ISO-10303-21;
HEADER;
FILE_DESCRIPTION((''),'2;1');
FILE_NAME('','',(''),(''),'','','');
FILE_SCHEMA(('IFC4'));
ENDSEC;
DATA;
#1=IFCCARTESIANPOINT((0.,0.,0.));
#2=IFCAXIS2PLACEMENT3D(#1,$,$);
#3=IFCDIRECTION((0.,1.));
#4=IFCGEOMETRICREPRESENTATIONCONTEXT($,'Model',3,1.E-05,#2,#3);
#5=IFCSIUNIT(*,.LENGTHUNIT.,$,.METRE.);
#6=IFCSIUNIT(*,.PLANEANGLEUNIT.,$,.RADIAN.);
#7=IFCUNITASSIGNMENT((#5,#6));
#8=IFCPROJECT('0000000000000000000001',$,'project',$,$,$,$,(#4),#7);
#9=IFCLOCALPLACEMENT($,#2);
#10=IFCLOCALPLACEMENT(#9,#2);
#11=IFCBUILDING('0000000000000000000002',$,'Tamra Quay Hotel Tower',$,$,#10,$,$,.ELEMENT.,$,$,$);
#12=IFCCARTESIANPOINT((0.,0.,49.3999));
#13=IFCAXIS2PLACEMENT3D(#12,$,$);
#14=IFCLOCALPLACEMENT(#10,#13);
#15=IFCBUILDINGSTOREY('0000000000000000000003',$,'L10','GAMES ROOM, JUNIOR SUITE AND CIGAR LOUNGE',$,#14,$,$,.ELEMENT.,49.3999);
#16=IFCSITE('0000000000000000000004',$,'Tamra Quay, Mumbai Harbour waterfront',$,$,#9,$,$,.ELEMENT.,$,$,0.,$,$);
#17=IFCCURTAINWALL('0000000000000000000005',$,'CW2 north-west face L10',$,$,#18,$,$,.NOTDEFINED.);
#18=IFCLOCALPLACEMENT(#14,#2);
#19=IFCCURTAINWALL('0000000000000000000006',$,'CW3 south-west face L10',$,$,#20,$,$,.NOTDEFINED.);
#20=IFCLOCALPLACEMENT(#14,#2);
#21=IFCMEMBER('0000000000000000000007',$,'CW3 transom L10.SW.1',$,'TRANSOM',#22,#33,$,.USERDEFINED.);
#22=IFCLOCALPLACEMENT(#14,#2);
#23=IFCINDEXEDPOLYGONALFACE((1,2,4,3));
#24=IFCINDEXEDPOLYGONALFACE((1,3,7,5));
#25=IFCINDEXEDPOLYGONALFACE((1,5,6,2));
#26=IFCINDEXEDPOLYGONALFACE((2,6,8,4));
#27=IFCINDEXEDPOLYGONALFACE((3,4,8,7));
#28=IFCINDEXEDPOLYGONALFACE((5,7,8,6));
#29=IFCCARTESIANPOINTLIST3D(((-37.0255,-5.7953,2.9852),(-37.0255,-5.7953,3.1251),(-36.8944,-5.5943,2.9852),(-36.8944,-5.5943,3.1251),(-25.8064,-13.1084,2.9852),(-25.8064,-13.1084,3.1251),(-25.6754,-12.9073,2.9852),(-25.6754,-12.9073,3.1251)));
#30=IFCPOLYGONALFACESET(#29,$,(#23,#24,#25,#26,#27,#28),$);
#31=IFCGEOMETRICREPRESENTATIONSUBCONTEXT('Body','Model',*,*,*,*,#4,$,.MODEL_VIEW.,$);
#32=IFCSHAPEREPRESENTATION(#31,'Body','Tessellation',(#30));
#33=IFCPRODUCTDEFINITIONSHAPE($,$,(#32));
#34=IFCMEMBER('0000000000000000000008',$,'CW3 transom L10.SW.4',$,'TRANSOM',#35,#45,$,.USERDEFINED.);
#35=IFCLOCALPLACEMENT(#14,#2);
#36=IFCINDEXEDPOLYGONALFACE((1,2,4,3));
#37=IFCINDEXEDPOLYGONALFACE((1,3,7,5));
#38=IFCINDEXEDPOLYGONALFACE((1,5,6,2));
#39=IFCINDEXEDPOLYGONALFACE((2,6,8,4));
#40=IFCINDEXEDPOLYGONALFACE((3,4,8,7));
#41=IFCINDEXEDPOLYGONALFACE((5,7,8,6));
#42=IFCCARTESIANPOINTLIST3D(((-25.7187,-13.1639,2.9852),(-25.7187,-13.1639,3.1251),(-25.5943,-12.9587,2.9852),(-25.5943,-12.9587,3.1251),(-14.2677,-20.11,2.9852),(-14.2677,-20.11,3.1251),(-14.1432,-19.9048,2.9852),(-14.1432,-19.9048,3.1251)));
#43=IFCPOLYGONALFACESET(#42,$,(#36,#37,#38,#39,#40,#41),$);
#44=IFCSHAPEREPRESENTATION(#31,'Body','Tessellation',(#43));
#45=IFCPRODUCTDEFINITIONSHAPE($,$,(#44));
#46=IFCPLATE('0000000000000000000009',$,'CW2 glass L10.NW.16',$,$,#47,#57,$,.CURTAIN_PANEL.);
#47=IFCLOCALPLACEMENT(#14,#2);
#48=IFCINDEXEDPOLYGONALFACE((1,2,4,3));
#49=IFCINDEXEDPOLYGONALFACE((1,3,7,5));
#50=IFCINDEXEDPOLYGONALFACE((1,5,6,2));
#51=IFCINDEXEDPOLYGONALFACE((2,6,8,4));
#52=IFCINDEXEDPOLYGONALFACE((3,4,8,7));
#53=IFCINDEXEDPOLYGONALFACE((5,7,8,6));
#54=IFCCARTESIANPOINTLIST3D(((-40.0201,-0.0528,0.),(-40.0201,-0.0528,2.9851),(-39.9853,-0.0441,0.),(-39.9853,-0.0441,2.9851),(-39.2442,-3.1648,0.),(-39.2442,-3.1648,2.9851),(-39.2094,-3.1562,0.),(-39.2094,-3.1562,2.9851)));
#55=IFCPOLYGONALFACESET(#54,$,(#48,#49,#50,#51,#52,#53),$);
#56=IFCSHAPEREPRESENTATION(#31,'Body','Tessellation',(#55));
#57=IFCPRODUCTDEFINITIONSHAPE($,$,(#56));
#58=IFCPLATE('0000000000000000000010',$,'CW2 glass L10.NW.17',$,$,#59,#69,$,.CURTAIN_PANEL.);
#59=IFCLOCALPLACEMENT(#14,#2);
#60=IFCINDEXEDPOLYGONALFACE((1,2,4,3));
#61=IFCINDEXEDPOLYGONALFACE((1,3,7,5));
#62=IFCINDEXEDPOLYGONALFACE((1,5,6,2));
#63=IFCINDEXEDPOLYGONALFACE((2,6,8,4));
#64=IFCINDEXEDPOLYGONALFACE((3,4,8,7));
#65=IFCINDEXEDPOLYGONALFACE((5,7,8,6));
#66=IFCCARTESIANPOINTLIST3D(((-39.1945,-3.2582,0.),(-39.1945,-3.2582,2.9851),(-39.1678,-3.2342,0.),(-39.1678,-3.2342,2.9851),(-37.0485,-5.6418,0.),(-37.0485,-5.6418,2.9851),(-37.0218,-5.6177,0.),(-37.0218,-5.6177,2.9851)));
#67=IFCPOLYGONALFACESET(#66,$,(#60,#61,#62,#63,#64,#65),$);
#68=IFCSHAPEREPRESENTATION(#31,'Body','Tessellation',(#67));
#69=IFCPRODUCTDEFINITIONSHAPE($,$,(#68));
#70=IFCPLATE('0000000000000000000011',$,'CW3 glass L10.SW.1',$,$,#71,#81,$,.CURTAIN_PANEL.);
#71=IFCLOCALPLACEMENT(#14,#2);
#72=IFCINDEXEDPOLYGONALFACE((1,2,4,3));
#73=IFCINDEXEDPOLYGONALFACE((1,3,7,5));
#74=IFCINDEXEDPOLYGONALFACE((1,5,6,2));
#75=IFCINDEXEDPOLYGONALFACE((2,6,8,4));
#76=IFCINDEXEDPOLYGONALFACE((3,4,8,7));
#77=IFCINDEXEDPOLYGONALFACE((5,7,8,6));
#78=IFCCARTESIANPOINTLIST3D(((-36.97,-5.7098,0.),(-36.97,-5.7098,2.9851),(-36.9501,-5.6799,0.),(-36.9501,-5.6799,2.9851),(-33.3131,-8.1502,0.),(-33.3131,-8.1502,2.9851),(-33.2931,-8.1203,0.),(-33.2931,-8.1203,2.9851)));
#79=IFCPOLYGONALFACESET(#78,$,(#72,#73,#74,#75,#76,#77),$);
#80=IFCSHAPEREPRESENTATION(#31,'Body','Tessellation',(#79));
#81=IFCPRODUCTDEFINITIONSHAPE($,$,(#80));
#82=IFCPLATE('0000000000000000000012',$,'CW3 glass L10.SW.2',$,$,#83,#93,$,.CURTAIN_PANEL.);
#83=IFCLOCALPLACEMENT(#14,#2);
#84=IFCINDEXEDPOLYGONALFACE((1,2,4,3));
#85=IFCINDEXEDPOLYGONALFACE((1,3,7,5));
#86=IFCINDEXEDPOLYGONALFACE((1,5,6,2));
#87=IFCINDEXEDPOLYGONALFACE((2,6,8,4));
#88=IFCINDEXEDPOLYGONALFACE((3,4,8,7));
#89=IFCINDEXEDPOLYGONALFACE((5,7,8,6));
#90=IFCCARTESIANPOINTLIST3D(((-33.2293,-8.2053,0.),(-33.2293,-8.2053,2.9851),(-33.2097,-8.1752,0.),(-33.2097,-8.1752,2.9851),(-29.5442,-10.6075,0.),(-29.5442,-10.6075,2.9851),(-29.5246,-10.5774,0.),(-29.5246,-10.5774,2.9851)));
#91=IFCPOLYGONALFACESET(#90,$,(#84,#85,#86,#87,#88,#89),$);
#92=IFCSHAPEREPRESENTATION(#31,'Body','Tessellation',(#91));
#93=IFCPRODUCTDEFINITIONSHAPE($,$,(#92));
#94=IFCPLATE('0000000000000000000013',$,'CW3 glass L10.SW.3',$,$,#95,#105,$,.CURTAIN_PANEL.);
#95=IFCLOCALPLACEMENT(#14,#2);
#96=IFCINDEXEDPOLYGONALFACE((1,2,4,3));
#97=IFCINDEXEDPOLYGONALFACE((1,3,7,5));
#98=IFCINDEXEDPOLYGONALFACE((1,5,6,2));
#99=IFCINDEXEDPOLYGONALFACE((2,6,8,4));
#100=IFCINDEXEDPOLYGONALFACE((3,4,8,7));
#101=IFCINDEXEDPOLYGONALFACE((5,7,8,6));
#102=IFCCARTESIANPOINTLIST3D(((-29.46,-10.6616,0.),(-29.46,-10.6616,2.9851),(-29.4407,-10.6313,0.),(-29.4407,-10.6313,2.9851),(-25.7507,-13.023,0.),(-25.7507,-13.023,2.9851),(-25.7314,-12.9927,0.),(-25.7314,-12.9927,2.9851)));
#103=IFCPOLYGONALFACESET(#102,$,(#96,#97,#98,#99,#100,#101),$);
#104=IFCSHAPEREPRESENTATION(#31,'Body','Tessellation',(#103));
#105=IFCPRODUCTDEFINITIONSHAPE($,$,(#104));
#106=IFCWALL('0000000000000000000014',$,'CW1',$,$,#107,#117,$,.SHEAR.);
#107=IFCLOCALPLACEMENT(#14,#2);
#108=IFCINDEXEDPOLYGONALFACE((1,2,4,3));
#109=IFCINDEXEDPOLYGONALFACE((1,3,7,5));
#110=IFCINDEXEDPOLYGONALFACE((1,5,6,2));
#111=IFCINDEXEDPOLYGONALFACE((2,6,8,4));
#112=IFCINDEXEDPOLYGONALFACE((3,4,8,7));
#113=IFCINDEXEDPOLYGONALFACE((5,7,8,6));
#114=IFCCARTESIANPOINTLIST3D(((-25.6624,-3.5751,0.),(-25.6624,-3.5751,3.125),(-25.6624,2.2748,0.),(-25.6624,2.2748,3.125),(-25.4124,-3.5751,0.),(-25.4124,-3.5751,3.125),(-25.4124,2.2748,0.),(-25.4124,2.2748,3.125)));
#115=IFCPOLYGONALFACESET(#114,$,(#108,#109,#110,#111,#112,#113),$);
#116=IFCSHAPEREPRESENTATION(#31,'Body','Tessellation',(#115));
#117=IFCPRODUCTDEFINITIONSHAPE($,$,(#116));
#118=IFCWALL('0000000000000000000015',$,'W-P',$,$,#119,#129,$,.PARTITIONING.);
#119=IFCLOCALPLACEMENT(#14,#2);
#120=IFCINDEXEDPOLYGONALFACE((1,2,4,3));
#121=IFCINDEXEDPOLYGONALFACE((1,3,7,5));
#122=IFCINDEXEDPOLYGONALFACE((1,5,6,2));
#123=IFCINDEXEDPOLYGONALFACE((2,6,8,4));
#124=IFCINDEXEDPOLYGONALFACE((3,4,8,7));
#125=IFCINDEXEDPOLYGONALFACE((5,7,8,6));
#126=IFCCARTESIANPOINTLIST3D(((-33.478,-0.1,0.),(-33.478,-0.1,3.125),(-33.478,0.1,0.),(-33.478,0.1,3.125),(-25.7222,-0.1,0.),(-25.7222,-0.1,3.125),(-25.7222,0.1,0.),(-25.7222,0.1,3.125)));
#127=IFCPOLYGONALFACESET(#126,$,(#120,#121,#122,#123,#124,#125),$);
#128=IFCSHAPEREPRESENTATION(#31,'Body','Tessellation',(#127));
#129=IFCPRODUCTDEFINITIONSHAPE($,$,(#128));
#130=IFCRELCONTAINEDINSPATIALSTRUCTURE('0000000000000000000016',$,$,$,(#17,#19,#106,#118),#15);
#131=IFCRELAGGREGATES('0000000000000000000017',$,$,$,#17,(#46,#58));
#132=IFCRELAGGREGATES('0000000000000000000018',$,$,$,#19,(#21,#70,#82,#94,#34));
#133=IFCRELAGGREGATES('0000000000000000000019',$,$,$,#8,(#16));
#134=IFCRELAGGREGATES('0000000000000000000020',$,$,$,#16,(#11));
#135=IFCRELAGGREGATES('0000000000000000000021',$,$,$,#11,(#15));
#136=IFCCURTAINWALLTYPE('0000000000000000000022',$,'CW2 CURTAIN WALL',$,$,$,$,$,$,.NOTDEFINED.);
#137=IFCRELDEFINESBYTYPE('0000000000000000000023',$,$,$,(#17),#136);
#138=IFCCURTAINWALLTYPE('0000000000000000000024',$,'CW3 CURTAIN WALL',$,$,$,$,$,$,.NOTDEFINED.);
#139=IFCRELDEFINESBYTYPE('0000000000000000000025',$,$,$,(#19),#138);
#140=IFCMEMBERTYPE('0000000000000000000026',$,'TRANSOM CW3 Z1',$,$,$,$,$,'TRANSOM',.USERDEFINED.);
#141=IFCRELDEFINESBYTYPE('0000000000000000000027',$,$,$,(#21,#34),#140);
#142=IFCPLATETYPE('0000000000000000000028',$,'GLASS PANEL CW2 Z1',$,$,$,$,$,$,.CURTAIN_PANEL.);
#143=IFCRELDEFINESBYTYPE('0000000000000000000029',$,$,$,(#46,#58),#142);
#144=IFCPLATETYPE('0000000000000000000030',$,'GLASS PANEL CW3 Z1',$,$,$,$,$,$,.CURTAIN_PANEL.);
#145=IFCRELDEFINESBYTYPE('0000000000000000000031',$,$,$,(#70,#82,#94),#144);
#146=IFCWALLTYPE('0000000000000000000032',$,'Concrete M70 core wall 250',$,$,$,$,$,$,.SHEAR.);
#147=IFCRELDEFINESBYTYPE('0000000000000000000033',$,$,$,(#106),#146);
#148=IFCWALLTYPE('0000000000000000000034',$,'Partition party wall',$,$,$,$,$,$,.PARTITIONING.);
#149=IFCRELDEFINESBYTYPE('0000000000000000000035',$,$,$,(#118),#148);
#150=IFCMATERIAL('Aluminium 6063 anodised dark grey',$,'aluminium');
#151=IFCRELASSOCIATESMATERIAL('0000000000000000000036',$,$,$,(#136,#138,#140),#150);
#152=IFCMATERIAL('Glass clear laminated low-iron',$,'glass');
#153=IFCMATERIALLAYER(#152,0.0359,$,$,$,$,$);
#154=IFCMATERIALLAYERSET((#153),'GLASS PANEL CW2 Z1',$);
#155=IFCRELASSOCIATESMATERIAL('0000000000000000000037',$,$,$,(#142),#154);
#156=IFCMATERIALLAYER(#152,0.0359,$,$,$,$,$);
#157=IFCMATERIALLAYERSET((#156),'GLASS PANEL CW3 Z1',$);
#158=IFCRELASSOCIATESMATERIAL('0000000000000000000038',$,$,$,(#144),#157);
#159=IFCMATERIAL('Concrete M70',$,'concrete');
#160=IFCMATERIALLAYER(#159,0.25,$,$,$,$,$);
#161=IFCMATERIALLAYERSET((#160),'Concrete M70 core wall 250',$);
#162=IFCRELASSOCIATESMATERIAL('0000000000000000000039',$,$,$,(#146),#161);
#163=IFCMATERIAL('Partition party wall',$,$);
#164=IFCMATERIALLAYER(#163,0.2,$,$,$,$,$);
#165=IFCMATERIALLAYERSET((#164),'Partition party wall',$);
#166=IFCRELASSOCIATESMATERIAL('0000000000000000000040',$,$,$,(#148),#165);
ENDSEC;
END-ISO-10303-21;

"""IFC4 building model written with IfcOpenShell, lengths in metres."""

from ifc_helpers import new_model, si_unit, direction, frame, frame_2d, origin, origin_2d, place, context, subcontext, project, spatial, rectangle, extrude, material, layer, layer_set, material_profile, profile_set, type_object, element, aggregate, save


model = new_model("IFC4")

# Units and contexts
model_context = context("Model", 3, precision=1e-05, world=origin(), true_north=direction((0.0, 1.0)))
body_context = subcontext(model_context, "Body", "Model", "MODEL_VIEW")
ifc_project = project(units=[si_unit("LENGTHUNIT", "METRE"), si_unit("PLANEANGLEUNIT", "RADIAN")], contexts=[model_context])

# Site, building, storey
site_placement = place(None, origin())
site = spatial("IfcSite", under=ifc_project, at=site_placement, Name="Tamra Quay, Mumbai Harbour waterfront", CompositionType="ELEMENT", RefElevation=0.0)
building_placement = place(site_placement, origin())
building = spatial("IfcBuilding", under=site, at=building_placement, Name="Tamra Quay Hotel Tower", CompositionType="ELEMENT")
storey_placement = place(building_placement, frame((0.0, 0.0, 49.3999)))
storey = spatial("IfcBuildingStorey", under=building, at=storey_placement, Name="L10", Description="GAMES ROOM, JUNIOR SUITE AND CIGAR LOUNGE", CompositionType="ELEMENT", Elevation=49.3999)

# Shared definitions
ifc_material_1 = material(Name="Concrete M70", Category="concrete")

# Curtain wall
ifc_material_2 = material(Name="Aluminium 6063 anodised dark grey", Category="aluminium")
curtain_wall_type_1 = type_object("IfcCurtainWallType", Name="CW2 CURTAIN WALL", PredefinedType="NOTDEFINED", material=ifc_material_2)
curtain_wall_1_placement = place(storey_placement, origin())
curtain_wall_1 = element("IfcCurtainWall", 1, at=curtain_wall_1_placement, inside=storey, type_object=curtain_wall_type_1, Name="CW2 north-west face L10", PredefinedType="NOTDEFINED")

# Curtain wall
curtain_wall_type_2 = type_object("IfcCurtainWallType", Name="CW3 CURTAIN WALL", PredefinedType="NOTDEFINED", material=ifc_material_2)
curtain_wall_2_placement = place(storey_placement, origin())
curtain_wall_2 = element("IfcCurtainWall", 2, at=curtain_wall_2_placement, inside=storey, type_object=curtain_wall_type_2, Name="CW3 south-west face L10", PredefinedType="NOTDEFINED")

# Members
ifc_material_profile_1 = material_profile(ifc_material_2, rectangle(XDim=0.24, YDim=0.1399, at=origin_2d()), Name="TRANSOM 240X140")
ifc_profile_set_1 = profile_set([ifc_material_profile_1], Name="Aluminium 6063 anodised dark grey")
member_type_1 = type_object("IfcMemberType", Name="TRANSOM CW3 Z1", ElementType="TRANSOM", PredefinedType="USERDEFINED", material=ifc_profile_set_1)
member_1_placement = place(storey_placement, frame((-36.96, -5.6948, 3.0552), z_axis=(0.837739, -0.546071, 0.0), x_axis=(0.546071, 0.837739, 0.0)))
member_1 = element("IfcMember", 3, at=member_1_placement, type_object=member_type_1, Name="CW3 transom L10.SW.1", ObjectType="TRANSOM", PredefinedType="USERDEFINED", context=body_context, shape_type="SweptSolid", body=[
    extrude(rectangle(XDim=0.24, YDim=0.1399, at=origin_2d()), origin(), (0.0, 0.0, 1.0), 13.3921),
])
member_2_placement = place(storey_placement, frame((-25.6565, -13.0613, 3.0552), z_axis=(0.854996, -0.518634, 0.0), x_axis=(0.518634, 0.854996, 0.0)))
member_2 = element("IfcMember", 4, at=member_2_placement, type_object=member_type_1, Name="CW3 transom L10.SW.4", ObjectType="TRANSOM", PredefinedType="USERDEFINED", context=body_context, shape_type="SweptSolid", body=[
    extrude(rectangle(XDim=0.24, YDim=0.1399, at=origin_2d()), origin(), (0.0, 0.0, 1.0), 13.3931),
])

# Plates
ifc_material_3 = material(Name="Glass clear laminated low-iron", Category="glass")
ifc_layer_1 = layer(ifc_material_3, 0.0359)
ifc_layer_set_1 = layer_set([ifc_layer_1], Name="GLASS PANEL CW2 Z1")
plate_type_1 = type_object("IfcPlateType", Name="GLASS PANEL CW2 Z1", PredefinedType="CURTAIN_PANEL", material=ifc_layer_set_1)
plate_1_placement = place(storey_placement, frame((-39.6147, -1.6045, 0.0), z_axis=(0.0, 0.0, 1.0), x_axis=(0.241914, -0.970298, 0.0)))
plate_1 = element("IfcPlate", 5, at=plate_1_placement, type_object=plate_type_1, Name="CW2 glass L10.NW.16", PredefinedType="CURTAIN_PANEL", context=body_context, shape_type="SweptSolid", body=[
    extrude(rectangle(XDim=3.2073, YDim=0.0359, at=origin_2d()), origin(), (0.0, 0.0, 1.0), 2.9851),
])
plate_2_placement = place(storey_placement, frame((-38.1082, -4.438, 0.0), z_axis=(0.0, 0.0, 1.0), x_axis=(0.669112, -0.743161, 0.0)))
plate_2 = element("IfcPlate", 6, at=plate_2_placement, type_object=plate_type_1, Name="CW2 glass L10.NW.17", PredefinedType="CURTAIN_PANEL", context=body_context, shape_type="SweptSolid", body=[
    extrude(rectangle(XDim=3.2073, YDim=0.0359, at=origin_2d()), origin(), (0.0, 0.0, 1.0), 2.9851),
])
aggregate(curtain_wall_1, [plate_1, plate_2])
ifc_layer_2 = layer(ifc_material_3, 0.0359)
ifc_layer_set_2 = layer_set([ifc_layer_2], Name="GLASS PANEL CW3 Z1")
plate_type_2 = type_object("IfcPlateType", Name="GLASS PANEL CW3 Z1", PredefinedType="CURTAIN_PANEL", material=ifc_layer_set_2)
plate_3_placement = place(storey_placement, frame((-35.1316, -6.915, 0.0), z_axis=(0.0, 0.0, 1.0), x_axis=(0.831798, -0.555078, 0.0)))
plate_3 = element("IfcPlate", 7, at=plate_3_placement, type_object=plate_type_2, Name="CW3 glass L10.SW.1", PredefinedType="CURTAIN_PANEL", context=body_context, shape_type="SweptSolid", body=[
    extrude(rectangle(XDim=4.3965, YDim=0.0359, at=origin_2d()), origin(), (0.0, 0.0, 1.0), 2.9851),
])
plate_4_placement = place(storey_placement, frame((-31.377, -9.3914, 0.0), z_axis=(0.0, 0.0, 1.0), x_axis=(0.837728, -0.546088, 0.0)))
plate_4 = element("IfcPlate", 8, at=plate_4_placement, type_object=plate_type_2, Name="CW3 glass L10.SW.2", PredefinedType="CURTAIN_PANEL", context=body_context, shape_type="SweptSolid", body=[
    extrude(rectangle(XDim=4.3989, YDim=0.0359, at=origin_2d()), origin(), (0.0, 0.0, 1.0), 2.9851),
])
plate_5_placement = place(storey_placement, frame((-27.5957, -11.8271, 0.0), z_axis=(0.0, 0.0, 1.0), x_axis=(0.843571, -0.537018, 0.0)))
plate_5 = element("IfcPlate", 9, at=plate_5_placement, type_object=plate_type_2, Name="CW3 glass L10.SW.3", PredefinedType="CURTAIN_PANEL", context=body_context, shape_type="SweptSolid", body=[
    extrude(rectangle(XDim=4.3972, YDim=0.0359, at=origin_2d()), origin(), (0.0, 0.0, 1.0), 2.9851),
])
aggregate(curtain_wall_2, [member_1, plate_3, plate_4, plate_5, member_2])

# Walls
ifc_layer_3 = layer(ifc_material_1, 0.25)
ifc_layer_set_3 = layer_set([ifc_layer_3], Name="Concrete M70 core wall 250")
wall_type_1 = type_object("IfcWallType", Name="Concrete M70 core wall 250", PredefinedType="SHEAR", material=ifc_layer_set_3)
wall_1_placement = place(storey_placement, frame((-25.5374, -3.575, 0.0), z_axis=(0.0, 0.0, 1.0), x_axis=(0.0, 1.0, 0.0)))
element("IfcWall", 10, at=wall_1_placement, inside=storey, type_object=wall_type_1, Name="CW1", PredefinedType="SHEAR", context=body_context, shape_type="SweptSolid", body=[
    extrude(rectangle(XDim=5.8499, YDim=0.25, at=frame_2d((2.9248, 0.0))), origin(), (0.0, 0.0, 1.0), 3.125),
])
ifc_material_4 = material(Name="Partition party wall")
ifc_layer_4 = layer(ifc_material_4, 0.2)
ifc_layer_set_4 = layer_set([ifc_layer_4], Name="Partition party wall")
wall_type_2 = type_object("IfcWallType", Name="Partition party wall", PredefinedType="PARTITIONING", material=ifc_layer_set_4)
wall_2_placement = place(storey_placement, frame((-33.478, 0.0, 0.0), z_axis=(0.0, 0.0, 1.0), x_axis=(1.0, 0.0, 0.0)))
element("IfcWall", 11, at=wall_2_placement, inside=storey, type_object=wall_type_2, Name="W-P", PredefinedType="PARTITIONING", context=body_context, shape_type="SweptSolid", body=[
    extrude(rectangle(XDim=7.7559, YDim=0.2, at=frame_2d((3.8779, 0.0))), origin(), (0.0, 0.0, 1.0), 3.125),
])

save(model, "model.ifc")
